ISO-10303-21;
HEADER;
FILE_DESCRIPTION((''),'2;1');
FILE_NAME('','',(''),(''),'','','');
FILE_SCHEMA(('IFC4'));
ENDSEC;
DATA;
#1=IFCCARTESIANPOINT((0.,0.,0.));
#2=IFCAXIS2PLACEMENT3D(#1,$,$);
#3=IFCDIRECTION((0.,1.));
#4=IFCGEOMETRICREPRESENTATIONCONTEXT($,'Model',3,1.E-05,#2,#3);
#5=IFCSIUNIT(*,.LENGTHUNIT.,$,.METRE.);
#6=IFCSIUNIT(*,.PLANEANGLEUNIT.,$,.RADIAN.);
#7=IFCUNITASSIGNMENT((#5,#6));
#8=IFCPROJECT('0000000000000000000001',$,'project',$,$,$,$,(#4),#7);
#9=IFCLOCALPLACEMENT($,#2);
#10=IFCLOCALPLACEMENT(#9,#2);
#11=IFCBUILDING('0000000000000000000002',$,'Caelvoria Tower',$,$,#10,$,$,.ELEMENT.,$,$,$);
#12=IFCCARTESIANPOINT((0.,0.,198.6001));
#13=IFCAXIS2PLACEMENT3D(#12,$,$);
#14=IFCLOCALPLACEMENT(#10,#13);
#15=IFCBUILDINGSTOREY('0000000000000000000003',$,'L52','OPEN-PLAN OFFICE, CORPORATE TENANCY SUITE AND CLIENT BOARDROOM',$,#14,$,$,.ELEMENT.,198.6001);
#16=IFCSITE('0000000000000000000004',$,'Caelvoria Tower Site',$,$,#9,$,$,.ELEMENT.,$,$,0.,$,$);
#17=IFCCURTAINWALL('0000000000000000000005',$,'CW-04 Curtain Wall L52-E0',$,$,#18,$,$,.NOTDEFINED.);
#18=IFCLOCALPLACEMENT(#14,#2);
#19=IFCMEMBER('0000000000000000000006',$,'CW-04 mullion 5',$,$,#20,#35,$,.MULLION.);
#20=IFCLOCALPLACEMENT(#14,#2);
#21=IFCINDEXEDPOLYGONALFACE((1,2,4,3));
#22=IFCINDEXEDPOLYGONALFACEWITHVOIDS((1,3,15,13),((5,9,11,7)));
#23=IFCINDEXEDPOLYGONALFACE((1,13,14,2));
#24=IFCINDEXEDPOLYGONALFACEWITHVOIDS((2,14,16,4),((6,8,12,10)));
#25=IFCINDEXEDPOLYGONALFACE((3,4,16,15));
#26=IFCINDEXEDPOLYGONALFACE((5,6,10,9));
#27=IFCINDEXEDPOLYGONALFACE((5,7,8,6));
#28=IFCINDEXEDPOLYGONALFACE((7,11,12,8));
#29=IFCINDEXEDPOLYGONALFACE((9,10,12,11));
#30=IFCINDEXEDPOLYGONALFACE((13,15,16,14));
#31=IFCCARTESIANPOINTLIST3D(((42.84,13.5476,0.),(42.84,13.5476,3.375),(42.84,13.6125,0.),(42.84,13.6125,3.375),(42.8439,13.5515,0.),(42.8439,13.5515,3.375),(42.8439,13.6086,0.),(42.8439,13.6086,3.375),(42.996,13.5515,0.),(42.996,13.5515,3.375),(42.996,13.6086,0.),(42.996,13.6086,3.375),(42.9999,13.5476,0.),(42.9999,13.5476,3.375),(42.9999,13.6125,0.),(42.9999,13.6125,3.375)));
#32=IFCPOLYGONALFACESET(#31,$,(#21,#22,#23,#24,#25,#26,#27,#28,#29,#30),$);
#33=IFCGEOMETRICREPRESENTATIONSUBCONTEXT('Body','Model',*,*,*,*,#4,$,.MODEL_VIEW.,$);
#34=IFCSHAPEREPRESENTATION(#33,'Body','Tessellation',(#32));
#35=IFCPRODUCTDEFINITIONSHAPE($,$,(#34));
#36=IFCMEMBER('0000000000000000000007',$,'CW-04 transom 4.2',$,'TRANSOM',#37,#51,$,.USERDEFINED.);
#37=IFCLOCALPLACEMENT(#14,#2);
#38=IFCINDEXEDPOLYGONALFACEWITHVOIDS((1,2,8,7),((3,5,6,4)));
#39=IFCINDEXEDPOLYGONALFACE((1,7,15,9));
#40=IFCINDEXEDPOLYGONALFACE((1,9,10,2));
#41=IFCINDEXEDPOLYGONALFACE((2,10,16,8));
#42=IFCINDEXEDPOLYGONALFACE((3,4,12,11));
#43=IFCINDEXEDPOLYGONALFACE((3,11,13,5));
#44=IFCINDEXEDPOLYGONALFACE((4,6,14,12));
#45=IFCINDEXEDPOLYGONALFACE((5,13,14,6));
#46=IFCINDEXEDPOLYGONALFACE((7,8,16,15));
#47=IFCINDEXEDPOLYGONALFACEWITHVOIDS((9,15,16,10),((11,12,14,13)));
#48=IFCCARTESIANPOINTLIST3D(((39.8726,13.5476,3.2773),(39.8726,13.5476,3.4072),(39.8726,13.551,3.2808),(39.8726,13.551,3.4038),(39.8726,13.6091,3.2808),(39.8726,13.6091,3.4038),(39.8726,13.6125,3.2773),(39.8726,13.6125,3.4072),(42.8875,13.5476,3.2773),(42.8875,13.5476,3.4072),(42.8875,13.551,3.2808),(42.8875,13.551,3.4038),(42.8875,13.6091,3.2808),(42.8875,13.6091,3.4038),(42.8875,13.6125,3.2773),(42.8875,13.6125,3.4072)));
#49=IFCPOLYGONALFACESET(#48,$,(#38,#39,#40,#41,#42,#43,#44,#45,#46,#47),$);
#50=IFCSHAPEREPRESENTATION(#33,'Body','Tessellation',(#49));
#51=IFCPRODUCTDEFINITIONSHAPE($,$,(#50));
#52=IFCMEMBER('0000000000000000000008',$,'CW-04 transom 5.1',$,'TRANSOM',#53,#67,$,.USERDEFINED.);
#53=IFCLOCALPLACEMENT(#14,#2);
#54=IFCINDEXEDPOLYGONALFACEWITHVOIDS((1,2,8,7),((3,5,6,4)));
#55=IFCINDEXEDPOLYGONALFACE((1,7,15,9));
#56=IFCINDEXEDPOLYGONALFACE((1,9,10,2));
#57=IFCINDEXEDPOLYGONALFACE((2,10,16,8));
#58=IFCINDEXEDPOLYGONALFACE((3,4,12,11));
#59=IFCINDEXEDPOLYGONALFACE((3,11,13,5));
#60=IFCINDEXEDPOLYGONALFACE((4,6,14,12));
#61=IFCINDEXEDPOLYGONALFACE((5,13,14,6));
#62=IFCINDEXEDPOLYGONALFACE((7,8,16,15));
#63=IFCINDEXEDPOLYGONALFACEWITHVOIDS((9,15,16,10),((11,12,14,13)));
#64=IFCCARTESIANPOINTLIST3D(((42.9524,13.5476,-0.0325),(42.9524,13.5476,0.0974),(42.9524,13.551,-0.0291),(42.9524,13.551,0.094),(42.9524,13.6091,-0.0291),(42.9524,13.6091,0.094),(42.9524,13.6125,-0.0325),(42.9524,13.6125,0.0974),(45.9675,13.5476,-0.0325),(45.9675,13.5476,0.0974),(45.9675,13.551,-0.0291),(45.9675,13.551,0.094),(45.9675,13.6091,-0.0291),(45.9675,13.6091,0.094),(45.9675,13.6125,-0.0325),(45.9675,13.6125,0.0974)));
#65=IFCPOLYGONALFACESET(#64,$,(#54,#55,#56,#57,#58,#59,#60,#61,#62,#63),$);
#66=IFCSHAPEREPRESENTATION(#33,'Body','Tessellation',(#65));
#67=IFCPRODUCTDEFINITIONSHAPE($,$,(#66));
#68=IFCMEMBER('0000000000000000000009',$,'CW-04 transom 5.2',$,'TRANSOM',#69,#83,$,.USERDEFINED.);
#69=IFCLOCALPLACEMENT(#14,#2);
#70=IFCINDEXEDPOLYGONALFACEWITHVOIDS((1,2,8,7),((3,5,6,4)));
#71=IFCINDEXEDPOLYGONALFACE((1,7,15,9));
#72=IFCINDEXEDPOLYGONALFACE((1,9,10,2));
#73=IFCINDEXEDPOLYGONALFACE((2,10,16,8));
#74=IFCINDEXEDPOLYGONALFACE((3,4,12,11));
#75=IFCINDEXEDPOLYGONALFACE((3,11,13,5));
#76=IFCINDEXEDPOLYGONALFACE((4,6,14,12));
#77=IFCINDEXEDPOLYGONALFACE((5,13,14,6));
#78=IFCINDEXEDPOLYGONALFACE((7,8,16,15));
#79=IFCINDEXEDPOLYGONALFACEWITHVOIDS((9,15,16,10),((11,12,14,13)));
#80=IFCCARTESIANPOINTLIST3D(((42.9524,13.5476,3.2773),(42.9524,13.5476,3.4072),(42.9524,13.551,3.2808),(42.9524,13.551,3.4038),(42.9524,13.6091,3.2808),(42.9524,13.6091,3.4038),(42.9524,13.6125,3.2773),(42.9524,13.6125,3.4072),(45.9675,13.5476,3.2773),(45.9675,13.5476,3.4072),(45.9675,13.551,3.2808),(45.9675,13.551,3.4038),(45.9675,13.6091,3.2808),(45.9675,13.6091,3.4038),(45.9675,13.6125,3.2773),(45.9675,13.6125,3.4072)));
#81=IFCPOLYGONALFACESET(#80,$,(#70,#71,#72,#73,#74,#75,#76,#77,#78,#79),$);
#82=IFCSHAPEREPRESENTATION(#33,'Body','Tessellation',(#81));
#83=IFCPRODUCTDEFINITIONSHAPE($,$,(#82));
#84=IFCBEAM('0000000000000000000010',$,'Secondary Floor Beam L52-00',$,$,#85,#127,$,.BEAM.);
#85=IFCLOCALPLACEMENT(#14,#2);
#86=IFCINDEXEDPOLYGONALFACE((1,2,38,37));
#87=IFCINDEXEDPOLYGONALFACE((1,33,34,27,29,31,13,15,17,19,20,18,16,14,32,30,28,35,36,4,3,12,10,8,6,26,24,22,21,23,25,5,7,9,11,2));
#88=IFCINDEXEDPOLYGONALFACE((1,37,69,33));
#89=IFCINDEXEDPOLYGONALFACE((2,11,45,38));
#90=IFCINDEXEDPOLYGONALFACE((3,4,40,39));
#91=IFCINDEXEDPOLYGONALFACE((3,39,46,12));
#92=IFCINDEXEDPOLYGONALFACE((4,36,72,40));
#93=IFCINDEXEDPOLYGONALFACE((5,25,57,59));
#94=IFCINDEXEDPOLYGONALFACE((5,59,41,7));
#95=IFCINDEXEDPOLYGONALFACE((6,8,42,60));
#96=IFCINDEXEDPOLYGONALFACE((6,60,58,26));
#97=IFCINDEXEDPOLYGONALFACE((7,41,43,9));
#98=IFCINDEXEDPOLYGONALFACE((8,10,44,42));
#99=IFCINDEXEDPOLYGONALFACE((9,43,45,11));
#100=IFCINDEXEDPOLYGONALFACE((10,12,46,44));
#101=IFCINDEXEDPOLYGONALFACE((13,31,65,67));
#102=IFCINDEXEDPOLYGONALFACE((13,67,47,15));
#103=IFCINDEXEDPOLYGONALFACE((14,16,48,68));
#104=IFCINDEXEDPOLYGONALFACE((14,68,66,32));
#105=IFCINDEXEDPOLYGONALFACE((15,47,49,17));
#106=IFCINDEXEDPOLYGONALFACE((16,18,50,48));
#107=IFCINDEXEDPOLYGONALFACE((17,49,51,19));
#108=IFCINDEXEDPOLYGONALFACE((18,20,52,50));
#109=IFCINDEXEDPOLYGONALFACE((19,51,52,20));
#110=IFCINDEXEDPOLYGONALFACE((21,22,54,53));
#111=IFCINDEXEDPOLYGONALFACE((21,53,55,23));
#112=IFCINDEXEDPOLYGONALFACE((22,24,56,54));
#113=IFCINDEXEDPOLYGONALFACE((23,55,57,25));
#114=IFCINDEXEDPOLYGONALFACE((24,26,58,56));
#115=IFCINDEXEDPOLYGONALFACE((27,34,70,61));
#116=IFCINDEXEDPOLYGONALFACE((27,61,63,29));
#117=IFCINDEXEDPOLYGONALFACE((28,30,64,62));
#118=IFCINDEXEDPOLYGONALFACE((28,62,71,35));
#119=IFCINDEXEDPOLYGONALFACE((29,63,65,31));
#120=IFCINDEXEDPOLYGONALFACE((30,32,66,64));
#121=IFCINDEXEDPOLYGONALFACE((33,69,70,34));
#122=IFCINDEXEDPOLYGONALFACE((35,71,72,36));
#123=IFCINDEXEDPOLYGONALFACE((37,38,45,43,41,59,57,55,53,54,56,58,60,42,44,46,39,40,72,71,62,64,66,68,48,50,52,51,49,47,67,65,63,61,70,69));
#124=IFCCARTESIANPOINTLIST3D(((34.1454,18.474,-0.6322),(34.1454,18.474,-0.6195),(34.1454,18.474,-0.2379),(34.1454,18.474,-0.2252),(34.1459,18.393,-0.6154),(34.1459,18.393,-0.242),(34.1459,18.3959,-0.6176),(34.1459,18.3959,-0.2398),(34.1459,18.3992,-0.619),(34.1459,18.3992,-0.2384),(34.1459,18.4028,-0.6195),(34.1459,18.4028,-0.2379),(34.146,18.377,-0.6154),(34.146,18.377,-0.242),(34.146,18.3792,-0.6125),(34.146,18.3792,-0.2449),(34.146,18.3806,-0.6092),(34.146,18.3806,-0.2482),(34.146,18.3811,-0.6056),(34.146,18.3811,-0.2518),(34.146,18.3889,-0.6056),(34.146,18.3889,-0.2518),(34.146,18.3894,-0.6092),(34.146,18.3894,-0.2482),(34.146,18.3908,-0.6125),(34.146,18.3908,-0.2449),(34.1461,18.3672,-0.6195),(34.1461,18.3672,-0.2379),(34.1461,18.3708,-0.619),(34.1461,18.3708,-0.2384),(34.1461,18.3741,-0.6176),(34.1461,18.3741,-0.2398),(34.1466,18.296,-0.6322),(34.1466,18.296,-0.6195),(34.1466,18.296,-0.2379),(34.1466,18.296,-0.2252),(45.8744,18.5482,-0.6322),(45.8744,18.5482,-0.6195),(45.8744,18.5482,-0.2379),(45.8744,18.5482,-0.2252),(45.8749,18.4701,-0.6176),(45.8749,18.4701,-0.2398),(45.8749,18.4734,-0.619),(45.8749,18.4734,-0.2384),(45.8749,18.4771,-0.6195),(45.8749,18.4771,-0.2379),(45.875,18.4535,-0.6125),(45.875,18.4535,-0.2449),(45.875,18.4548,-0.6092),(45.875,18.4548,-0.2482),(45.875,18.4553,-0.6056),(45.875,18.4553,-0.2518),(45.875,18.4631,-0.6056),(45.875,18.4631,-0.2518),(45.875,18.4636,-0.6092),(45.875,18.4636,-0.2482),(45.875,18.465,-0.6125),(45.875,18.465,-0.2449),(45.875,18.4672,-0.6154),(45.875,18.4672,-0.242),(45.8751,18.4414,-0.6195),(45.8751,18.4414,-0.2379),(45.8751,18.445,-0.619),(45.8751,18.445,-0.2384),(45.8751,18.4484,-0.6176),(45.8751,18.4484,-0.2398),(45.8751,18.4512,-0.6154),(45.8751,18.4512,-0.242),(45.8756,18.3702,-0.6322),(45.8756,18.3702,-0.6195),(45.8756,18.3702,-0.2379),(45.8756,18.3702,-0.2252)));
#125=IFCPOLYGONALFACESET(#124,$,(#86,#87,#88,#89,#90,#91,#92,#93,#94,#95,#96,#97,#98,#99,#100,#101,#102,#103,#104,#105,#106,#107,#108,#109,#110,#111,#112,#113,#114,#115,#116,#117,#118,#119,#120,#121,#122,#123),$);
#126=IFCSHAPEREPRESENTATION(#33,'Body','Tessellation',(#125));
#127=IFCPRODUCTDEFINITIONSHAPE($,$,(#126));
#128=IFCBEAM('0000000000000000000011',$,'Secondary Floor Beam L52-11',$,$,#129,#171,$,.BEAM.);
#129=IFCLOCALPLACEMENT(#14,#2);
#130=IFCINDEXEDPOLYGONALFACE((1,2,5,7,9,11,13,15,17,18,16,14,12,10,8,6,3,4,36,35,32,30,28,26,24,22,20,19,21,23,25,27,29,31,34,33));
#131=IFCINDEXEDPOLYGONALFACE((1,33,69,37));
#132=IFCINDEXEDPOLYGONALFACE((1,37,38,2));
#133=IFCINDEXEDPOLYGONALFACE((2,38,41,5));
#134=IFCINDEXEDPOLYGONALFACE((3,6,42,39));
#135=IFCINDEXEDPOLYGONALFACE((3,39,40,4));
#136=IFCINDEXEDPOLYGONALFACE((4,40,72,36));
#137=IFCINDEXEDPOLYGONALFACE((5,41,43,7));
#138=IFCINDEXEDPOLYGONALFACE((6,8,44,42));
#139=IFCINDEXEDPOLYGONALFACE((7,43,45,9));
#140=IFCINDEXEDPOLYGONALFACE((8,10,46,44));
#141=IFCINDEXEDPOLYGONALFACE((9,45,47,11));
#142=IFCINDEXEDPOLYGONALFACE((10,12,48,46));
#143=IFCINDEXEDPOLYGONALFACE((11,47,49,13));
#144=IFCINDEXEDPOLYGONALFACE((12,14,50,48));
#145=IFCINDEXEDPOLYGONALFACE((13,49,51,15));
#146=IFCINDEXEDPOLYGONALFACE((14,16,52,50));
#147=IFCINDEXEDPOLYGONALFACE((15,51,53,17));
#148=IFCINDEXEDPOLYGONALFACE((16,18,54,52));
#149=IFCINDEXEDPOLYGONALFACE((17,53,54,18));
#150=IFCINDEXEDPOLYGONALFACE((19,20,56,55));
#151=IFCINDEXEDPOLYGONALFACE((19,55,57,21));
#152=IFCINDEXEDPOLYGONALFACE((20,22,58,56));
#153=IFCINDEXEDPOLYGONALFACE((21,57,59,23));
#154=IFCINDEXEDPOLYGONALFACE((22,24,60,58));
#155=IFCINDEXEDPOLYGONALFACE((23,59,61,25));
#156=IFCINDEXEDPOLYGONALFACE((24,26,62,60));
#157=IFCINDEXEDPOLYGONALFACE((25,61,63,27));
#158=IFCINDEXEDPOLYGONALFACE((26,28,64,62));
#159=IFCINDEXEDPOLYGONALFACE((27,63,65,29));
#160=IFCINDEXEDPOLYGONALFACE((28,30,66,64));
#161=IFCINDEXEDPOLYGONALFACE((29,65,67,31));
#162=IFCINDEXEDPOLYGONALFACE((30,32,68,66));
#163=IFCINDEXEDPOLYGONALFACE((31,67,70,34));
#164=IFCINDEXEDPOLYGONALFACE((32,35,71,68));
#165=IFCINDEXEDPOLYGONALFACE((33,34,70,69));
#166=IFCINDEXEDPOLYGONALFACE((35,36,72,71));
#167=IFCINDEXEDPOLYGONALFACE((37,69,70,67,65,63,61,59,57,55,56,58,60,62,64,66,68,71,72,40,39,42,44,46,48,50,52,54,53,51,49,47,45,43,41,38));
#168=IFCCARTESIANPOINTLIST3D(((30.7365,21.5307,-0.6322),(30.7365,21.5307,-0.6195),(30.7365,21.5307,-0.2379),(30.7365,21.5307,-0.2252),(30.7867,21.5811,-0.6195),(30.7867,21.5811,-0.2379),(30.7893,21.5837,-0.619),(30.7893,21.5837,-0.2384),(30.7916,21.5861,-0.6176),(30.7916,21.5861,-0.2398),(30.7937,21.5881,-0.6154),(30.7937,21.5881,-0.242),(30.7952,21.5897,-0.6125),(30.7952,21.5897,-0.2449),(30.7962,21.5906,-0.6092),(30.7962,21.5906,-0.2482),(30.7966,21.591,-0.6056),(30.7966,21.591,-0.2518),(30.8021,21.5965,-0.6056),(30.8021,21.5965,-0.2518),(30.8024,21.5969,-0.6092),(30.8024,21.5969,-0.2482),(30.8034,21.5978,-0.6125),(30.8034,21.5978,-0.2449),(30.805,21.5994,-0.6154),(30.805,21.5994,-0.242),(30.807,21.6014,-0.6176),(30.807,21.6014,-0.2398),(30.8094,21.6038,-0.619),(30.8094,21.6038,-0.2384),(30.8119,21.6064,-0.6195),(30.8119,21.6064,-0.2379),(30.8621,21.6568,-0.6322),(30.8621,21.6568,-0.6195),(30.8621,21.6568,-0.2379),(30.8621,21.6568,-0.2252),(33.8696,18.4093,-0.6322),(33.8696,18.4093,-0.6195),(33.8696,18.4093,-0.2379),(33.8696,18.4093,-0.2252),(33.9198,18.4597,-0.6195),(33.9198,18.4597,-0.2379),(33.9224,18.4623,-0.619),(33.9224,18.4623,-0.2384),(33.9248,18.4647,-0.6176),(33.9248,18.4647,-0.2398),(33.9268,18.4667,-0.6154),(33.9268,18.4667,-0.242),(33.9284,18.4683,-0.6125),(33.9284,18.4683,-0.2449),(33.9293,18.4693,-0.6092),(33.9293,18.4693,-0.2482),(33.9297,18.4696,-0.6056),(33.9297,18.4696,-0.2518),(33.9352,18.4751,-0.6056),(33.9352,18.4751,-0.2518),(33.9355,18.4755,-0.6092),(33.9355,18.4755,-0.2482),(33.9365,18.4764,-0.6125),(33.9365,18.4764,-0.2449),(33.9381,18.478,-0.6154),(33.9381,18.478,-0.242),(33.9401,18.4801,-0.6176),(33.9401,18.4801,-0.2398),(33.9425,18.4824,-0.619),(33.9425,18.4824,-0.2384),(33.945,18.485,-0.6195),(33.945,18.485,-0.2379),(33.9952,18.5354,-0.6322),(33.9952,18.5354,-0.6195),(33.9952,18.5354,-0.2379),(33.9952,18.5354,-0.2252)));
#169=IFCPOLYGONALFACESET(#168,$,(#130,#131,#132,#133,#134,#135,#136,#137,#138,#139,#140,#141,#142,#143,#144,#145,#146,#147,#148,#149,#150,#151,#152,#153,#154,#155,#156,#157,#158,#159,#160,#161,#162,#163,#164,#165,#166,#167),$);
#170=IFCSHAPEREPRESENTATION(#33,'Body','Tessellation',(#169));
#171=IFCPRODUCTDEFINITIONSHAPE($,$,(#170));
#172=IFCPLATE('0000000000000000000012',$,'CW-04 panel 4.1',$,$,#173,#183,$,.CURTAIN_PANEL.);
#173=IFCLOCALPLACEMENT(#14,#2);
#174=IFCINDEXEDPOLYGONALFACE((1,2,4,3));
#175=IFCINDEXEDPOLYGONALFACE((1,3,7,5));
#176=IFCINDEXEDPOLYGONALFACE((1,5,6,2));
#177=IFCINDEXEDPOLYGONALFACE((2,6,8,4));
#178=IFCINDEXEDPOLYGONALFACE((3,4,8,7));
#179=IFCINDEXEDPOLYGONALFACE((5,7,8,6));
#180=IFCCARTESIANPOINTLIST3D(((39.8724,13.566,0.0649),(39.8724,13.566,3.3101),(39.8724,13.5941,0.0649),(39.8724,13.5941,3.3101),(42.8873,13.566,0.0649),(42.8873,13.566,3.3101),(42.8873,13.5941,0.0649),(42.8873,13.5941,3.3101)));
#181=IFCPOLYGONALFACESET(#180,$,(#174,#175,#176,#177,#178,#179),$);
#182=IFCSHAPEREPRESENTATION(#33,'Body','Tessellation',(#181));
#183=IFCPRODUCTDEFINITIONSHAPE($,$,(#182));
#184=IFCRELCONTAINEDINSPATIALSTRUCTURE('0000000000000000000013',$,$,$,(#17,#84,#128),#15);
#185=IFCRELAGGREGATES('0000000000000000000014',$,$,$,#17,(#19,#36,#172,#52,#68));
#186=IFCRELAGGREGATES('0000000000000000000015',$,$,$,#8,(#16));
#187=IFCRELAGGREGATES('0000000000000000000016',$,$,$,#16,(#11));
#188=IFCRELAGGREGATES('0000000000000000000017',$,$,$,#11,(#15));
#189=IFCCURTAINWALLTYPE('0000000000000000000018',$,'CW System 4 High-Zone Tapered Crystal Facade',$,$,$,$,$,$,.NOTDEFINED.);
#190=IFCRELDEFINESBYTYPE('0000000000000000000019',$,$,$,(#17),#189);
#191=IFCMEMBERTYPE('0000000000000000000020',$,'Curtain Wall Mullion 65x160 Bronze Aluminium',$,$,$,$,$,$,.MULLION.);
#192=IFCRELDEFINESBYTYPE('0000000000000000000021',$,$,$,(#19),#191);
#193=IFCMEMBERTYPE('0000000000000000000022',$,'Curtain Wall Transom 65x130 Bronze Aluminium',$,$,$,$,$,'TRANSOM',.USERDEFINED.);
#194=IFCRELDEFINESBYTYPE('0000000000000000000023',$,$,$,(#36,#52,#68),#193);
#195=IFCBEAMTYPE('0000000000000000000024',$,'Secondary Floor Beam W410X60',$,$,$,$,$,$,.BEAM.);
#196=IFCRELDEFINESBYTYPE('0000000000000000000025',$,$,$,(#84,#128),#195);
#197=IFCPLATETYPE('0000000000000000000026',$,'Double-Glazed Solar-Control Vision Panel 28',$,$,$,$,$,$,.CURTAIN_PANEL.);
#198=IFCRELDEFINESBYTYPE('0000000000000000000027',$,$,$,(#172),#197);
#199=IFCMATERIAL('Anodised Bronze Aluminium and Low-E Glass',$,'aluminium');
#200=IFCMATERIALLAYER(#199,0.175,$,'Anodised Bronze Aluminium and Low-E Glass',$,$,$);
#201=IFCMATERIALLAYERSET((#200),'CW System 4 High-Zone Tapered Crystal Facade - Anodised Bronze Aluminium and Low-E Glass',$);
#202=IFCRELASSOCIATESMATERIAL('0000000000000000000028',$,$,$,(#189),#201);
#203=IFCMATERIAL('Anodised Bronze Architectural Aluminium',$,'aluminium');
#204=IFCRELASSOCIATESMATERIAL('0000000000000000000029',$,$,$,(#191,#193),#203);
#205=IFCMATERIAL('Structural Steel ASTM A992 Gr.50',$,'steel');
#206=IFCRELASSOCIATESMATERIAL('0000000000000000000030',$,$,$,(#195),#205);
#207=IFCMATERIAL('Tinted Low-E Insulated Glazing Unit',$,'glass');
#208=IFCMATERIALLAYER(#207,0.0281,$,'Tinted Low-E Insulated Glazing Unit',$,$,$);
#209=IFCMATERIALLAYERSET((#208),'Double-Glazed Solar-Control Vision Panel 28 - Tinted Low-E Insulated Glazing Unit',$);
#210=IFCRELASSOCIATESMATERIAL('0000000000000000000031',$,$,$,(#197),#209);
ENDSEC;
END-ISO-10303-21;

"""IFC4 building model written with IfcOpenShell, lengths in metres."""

from ifc_helpers import new_model, si_unit, direction, frame, origin, origin_2d, place, context, subcontext, project, spatial, rectangle, hollow_rectangle, i_section, extrude, material, layer, layer_set, material_profile, profile_set, type_object, element, aggregate, save


model = new_model("IFC4")

# Units and contexts
model_context = context("Model", 3, precision=1e-05, world=origin(), true_north=direction((0.0, 1.0)))
body_context = subcontext(model_context, "Body", "Model", "MODEL_VIEW")
ifc_project = project(units=[si_unit("LENGTHUNIT", "METRE"), si_unit("PLANEANGLEUNIT", "RADIAN")], contexts=[model_context])

# Site, building, storey
site_placement = place(None, origin())
site = spatial("IfcSite", under=ifc_project, at=site_placement, Name="Caelvoria Tower Site", CompositionType="ELEMENT", RefElevation=0.0)
building_placement = place(site_placement, origin())
building = spatial("IfcBuilding", under=site, at=building_placement, Name="Caelvoria Tower", CompositionType="ELEMENT")
storey_placement = place(building_placement, frame((0.0, 0.0, 198.6001)))
storey = spatial("IfcBuildingStorey", under=building, at=storey_placement, Name="L52", Description="OPEN-PLAN OFFICE, CORPORATE TENANCY SUITE AND CLIENT BOARDROOM", CompositionType="ELEMENT", Elevation=198.6001)

# Curtain wall, members
ifc_material_1 = material(Name="Anodised Bronze Aluminium and Low-E Glass", Category="aluminium")
ifc_layer_1 = layer(ifc_material_1, 0.175, Name="Anodised Bronze Aluminium and Low-E Glass")
ifc_layer_set_1 = layer_set([ifc_layer_1], Name="CW System 4 High-Zone Tapered Crystal Facade - Anodised Bronze Aluminium and Low-E Glass")
curtain_wall_type = type_object("IfcCurtainWallType", Name="CW System 4 High-Zone Tapered Crystal Facade", PredefinedType="NOTDEFINED", material=ifc_layer_set_1)
curtain_wall_1_placement = place(storey_placement, origin())
curtain_wall_1 = element("IfcCurtainWall", 1, at=curtain_wall_1_placement, inside=storey, type_object=curtain_wall_type, Name="CW-04 Curtain Wall L52-E0", PredefinedType="NOTDEFINED")
ifc_material_2 = material(Name="Anodised Bronze Architectural Aluminium", Category="aluminium")
ifc_material_profile_1 = material_profile(ifc_material_2, hollow_rectangle(XDim=0.0649, YDim=0.1599, WallThickness=0.0039, at=origin_2d()), Name="Anodised Bronze Architectural Aluminium")
ifc_profile_set_1 = profile_set([ifc_material_profile_1], Name="CW_MULL_65X160 - Anodised Bronze Architectural Aluminium")
member_type_1 = type_object("IfcMemberType", Name="Curtain Wall Mullion 65x160 Bronze Aluminium", PredefinedType="MULLION", material=ifc_profile_set_1)
member_1_placement = place(storey_placement, frame((42.9199, 13.5801, 0.0), z_axis=(0.0, 0.0, 1.0), x_axis=(0.0, 1.0, 0.0)))
member_1 = element("IfcMember", 2, at=member_1_placement, type_object=member_type_1, Name="CW-04 mullion 5", PredefinedType="MULLION", context=body_context, shape_type="SweptSolid", body=[
    extrude(hollow_rectangle(XDim=0.0649, YDim=0.1599, WallThickness=0.0039, at=origin_2d()), origin(), (0.0, 0.0, 1.0), 3.375),
])
ifc_material_profile_2 = material_profile(ifc_material_2, hollow_rectangle(XDim=0.0649, YDim=0.1299, WallThickness=0.0034, at=origin_2d()), Name="Anodised Bronze Architectural Aluminium")
ifc_profile_set_2 = profile_set([ifc_material_profile_2], Name="CW_TRAN_65X130 - Anodised Bronze Architectural Aluminium")
member_type_2 = type_object("IfcMemberType", Name="Curtain Wall Transom 65x130 Bronze Aluminium", ElementType="TRANSOM", PredefinedType="USERDEFINED", material=ifc_profile_set_2)
member_2_placement = place(storey_placement, frame((39.8726, 13.5801, 3.3423), z_axis=(1.0, 0.0, 0.0), x_axis=(0.0, 1.0, 0.0)))
member_2 = element("IfcMember", 3, at=member_2_placement, type_object=member_type_2, Name="CW-04 transom 4.2", ObjectType="TRANSOM", PredefinedType="USERDEFINED", context=body_context, shape_type="SweptSolid", body=[
    extrude(hollow_rectangle(XDim=0.0649, YDim=0.1299, WallThickness=0.0034, at=origin_2d()), origin(), (0.0, 0.0, 1.0), 3.0149),
])
member_3_placement = place(storey_placement, frame((42.9524, 13.5801, 0.0325), z_axis=(1.0, 0.0, 0.0), x_axis=(0.0, 1.0, 0.0)))
member_3 = element("IfcMember", 4, at=member_3_placement, type_object=member_type_2, Name="CW-04 transom 5.1", ObjectType="TRANSOM", PredefinedType="USERDEFINED", context=body_context, shape_type="SweptSolid", body=[
    extrude(hollow_rectangle(XDim=0.0649, YDim=0.1299, WallThickness=0.0034, at=origin_2d()), origin(), (0.0, 0.0, 1.0), 3.0151),
])
member_4_placement = place(storey_placement, frame((42.9524, 13.5801, 3.3423), z_axis=(1.0, 0.0, 0.0), x_axis=(0.0, 1.0, 0.0)))
member_4 = element("IfcMember", 5, at=member_4_placement, type_object=member_type_2, Name="CW-04 transom 5.2", ObjectType="TRANSOM", PredefinedType="USERDEFINED", context=body_context, shape_type="SweptSolid", body=[
    extrude(hollow_rectangle(XDim=0.0649, YDim=0.1299, WallThickness=0.0034, at=origin_2d()), origin(), (0.0, 0.0, 1.0), 3.0151),
])

# Beams
ifc_material_3 = material(Name="Structural Steel ASTM A992 Gr.50", Category="steel")
ifc_material_profile_3 = material_profile(ifc_material_3, i_section(OverallWidth=0.178, OverallDepth=0.407, WebThickness=0.0078, FlangeThickness=0.0127, FilletRadius=0.0139, at=origin_2d()), Name="Structural Steel ASTM A992 Gr.50")
ifc_profile_set_3 = profile_set([ifc_material_profile_3], Name="W410X60 - Structural Steel ASTM A992 Gr.50")
beam_type = type_object("IfcBeamType", Name="Secondary Floor Beam W410X60", PredefinedType="BEAM", material=ifc_profile_set_3)
beam_1_placement = place(storey_placement, frame((34.146, 18.385, -0.4287), z_axis=(0.99998, 0.006328, 0.0), x_axis=(-0.006328, 0.99998, 0.0)))
element("IfcBeam", 6, at=beam_1_placement, inside=storey, type_object=beam_type, Name="Secondary Floor Beam L52-00", PredefinedType="BEAM", context=body_context, shape_type="SweptSolid", body=[
    extrude(i_section(OverallWidth=0.178, OverallDepth=0.407, WebThickness=0.0078, FlangeThickness=0.0127, FilletRadius=0.0139, at=origin_2d()), origin(), (0.0, 0.0, 1.0), 11.7292),
])
beam_2_placement = place(storey_placement, frame((30.7993, 21.5938, -0.4287), z_axis=(0.70843, -0.705781, 0.0), x_axis=(0.705781, 0.70843, 0.0)))
element("IfcBeam", 7, at=beam_2_placement, inside=storey, type_object=beam_type, Name="Secondary Floor Beam L52-11", PredefinedType="BEAM", context=body_context, shape_type="SweptSolid", body=[
    extrude(i_section(OverallWidth=0.178, OverallDepth=0.407, WebThickness=0.0078, FlangeThickness=0.0127, FilletRadius=0.0139, at=origin_2d()), origin(), (0.0, 0.0, 1.0), 4.4226),
])

# Plate
ifc_material_4 = material(Name="Tinted Low-E Insulated Glazing Unit", Category="glass")
ifc_layer_2 = layer(ifc_material_4, 0.0281, Name="Tinted Low-E Insulated Glazing Unit")
ifc_layer_set_2 = layer_set([ifc_layer_2], Name="Double-Glazed Solar-Control Vision Panel 28 - Tinted Low-E Insulated Glazing Unit")
plate_type_1 = type_object("IfcPlateType", Name="Double-Glazed Solar-Control Vision Panel 28", PredefinedType="CURTAIN_PANEL", material=ifc_layer_set_2)
plate_1_placement = place(storey_placement, frame((41.3799, 13.5801, 0.0649), z_axis=(0.0, 0.0, 1.0), x_axis=(1.0, 0.0, 0.0)))
plate_1 = element("IfcPlate", 8, at=plate_1_placement, type_object=plate_type_1, Name="CW-04 panel 4.1", PredefinedType="CURTAIN_PANEL", context=body_context, shape_type="SweptSolid", body=[
    extrude(rectangle(XDim=3.0149, YDim=0.0281, at=origin_2d()), origin(), (0.0, 0.0, 1.0), 3.2451),
])
aggregate(curtain_wall_1, [member_1, member_2, plate_1, member_3, member_4])

save(model, "model.ifc")
